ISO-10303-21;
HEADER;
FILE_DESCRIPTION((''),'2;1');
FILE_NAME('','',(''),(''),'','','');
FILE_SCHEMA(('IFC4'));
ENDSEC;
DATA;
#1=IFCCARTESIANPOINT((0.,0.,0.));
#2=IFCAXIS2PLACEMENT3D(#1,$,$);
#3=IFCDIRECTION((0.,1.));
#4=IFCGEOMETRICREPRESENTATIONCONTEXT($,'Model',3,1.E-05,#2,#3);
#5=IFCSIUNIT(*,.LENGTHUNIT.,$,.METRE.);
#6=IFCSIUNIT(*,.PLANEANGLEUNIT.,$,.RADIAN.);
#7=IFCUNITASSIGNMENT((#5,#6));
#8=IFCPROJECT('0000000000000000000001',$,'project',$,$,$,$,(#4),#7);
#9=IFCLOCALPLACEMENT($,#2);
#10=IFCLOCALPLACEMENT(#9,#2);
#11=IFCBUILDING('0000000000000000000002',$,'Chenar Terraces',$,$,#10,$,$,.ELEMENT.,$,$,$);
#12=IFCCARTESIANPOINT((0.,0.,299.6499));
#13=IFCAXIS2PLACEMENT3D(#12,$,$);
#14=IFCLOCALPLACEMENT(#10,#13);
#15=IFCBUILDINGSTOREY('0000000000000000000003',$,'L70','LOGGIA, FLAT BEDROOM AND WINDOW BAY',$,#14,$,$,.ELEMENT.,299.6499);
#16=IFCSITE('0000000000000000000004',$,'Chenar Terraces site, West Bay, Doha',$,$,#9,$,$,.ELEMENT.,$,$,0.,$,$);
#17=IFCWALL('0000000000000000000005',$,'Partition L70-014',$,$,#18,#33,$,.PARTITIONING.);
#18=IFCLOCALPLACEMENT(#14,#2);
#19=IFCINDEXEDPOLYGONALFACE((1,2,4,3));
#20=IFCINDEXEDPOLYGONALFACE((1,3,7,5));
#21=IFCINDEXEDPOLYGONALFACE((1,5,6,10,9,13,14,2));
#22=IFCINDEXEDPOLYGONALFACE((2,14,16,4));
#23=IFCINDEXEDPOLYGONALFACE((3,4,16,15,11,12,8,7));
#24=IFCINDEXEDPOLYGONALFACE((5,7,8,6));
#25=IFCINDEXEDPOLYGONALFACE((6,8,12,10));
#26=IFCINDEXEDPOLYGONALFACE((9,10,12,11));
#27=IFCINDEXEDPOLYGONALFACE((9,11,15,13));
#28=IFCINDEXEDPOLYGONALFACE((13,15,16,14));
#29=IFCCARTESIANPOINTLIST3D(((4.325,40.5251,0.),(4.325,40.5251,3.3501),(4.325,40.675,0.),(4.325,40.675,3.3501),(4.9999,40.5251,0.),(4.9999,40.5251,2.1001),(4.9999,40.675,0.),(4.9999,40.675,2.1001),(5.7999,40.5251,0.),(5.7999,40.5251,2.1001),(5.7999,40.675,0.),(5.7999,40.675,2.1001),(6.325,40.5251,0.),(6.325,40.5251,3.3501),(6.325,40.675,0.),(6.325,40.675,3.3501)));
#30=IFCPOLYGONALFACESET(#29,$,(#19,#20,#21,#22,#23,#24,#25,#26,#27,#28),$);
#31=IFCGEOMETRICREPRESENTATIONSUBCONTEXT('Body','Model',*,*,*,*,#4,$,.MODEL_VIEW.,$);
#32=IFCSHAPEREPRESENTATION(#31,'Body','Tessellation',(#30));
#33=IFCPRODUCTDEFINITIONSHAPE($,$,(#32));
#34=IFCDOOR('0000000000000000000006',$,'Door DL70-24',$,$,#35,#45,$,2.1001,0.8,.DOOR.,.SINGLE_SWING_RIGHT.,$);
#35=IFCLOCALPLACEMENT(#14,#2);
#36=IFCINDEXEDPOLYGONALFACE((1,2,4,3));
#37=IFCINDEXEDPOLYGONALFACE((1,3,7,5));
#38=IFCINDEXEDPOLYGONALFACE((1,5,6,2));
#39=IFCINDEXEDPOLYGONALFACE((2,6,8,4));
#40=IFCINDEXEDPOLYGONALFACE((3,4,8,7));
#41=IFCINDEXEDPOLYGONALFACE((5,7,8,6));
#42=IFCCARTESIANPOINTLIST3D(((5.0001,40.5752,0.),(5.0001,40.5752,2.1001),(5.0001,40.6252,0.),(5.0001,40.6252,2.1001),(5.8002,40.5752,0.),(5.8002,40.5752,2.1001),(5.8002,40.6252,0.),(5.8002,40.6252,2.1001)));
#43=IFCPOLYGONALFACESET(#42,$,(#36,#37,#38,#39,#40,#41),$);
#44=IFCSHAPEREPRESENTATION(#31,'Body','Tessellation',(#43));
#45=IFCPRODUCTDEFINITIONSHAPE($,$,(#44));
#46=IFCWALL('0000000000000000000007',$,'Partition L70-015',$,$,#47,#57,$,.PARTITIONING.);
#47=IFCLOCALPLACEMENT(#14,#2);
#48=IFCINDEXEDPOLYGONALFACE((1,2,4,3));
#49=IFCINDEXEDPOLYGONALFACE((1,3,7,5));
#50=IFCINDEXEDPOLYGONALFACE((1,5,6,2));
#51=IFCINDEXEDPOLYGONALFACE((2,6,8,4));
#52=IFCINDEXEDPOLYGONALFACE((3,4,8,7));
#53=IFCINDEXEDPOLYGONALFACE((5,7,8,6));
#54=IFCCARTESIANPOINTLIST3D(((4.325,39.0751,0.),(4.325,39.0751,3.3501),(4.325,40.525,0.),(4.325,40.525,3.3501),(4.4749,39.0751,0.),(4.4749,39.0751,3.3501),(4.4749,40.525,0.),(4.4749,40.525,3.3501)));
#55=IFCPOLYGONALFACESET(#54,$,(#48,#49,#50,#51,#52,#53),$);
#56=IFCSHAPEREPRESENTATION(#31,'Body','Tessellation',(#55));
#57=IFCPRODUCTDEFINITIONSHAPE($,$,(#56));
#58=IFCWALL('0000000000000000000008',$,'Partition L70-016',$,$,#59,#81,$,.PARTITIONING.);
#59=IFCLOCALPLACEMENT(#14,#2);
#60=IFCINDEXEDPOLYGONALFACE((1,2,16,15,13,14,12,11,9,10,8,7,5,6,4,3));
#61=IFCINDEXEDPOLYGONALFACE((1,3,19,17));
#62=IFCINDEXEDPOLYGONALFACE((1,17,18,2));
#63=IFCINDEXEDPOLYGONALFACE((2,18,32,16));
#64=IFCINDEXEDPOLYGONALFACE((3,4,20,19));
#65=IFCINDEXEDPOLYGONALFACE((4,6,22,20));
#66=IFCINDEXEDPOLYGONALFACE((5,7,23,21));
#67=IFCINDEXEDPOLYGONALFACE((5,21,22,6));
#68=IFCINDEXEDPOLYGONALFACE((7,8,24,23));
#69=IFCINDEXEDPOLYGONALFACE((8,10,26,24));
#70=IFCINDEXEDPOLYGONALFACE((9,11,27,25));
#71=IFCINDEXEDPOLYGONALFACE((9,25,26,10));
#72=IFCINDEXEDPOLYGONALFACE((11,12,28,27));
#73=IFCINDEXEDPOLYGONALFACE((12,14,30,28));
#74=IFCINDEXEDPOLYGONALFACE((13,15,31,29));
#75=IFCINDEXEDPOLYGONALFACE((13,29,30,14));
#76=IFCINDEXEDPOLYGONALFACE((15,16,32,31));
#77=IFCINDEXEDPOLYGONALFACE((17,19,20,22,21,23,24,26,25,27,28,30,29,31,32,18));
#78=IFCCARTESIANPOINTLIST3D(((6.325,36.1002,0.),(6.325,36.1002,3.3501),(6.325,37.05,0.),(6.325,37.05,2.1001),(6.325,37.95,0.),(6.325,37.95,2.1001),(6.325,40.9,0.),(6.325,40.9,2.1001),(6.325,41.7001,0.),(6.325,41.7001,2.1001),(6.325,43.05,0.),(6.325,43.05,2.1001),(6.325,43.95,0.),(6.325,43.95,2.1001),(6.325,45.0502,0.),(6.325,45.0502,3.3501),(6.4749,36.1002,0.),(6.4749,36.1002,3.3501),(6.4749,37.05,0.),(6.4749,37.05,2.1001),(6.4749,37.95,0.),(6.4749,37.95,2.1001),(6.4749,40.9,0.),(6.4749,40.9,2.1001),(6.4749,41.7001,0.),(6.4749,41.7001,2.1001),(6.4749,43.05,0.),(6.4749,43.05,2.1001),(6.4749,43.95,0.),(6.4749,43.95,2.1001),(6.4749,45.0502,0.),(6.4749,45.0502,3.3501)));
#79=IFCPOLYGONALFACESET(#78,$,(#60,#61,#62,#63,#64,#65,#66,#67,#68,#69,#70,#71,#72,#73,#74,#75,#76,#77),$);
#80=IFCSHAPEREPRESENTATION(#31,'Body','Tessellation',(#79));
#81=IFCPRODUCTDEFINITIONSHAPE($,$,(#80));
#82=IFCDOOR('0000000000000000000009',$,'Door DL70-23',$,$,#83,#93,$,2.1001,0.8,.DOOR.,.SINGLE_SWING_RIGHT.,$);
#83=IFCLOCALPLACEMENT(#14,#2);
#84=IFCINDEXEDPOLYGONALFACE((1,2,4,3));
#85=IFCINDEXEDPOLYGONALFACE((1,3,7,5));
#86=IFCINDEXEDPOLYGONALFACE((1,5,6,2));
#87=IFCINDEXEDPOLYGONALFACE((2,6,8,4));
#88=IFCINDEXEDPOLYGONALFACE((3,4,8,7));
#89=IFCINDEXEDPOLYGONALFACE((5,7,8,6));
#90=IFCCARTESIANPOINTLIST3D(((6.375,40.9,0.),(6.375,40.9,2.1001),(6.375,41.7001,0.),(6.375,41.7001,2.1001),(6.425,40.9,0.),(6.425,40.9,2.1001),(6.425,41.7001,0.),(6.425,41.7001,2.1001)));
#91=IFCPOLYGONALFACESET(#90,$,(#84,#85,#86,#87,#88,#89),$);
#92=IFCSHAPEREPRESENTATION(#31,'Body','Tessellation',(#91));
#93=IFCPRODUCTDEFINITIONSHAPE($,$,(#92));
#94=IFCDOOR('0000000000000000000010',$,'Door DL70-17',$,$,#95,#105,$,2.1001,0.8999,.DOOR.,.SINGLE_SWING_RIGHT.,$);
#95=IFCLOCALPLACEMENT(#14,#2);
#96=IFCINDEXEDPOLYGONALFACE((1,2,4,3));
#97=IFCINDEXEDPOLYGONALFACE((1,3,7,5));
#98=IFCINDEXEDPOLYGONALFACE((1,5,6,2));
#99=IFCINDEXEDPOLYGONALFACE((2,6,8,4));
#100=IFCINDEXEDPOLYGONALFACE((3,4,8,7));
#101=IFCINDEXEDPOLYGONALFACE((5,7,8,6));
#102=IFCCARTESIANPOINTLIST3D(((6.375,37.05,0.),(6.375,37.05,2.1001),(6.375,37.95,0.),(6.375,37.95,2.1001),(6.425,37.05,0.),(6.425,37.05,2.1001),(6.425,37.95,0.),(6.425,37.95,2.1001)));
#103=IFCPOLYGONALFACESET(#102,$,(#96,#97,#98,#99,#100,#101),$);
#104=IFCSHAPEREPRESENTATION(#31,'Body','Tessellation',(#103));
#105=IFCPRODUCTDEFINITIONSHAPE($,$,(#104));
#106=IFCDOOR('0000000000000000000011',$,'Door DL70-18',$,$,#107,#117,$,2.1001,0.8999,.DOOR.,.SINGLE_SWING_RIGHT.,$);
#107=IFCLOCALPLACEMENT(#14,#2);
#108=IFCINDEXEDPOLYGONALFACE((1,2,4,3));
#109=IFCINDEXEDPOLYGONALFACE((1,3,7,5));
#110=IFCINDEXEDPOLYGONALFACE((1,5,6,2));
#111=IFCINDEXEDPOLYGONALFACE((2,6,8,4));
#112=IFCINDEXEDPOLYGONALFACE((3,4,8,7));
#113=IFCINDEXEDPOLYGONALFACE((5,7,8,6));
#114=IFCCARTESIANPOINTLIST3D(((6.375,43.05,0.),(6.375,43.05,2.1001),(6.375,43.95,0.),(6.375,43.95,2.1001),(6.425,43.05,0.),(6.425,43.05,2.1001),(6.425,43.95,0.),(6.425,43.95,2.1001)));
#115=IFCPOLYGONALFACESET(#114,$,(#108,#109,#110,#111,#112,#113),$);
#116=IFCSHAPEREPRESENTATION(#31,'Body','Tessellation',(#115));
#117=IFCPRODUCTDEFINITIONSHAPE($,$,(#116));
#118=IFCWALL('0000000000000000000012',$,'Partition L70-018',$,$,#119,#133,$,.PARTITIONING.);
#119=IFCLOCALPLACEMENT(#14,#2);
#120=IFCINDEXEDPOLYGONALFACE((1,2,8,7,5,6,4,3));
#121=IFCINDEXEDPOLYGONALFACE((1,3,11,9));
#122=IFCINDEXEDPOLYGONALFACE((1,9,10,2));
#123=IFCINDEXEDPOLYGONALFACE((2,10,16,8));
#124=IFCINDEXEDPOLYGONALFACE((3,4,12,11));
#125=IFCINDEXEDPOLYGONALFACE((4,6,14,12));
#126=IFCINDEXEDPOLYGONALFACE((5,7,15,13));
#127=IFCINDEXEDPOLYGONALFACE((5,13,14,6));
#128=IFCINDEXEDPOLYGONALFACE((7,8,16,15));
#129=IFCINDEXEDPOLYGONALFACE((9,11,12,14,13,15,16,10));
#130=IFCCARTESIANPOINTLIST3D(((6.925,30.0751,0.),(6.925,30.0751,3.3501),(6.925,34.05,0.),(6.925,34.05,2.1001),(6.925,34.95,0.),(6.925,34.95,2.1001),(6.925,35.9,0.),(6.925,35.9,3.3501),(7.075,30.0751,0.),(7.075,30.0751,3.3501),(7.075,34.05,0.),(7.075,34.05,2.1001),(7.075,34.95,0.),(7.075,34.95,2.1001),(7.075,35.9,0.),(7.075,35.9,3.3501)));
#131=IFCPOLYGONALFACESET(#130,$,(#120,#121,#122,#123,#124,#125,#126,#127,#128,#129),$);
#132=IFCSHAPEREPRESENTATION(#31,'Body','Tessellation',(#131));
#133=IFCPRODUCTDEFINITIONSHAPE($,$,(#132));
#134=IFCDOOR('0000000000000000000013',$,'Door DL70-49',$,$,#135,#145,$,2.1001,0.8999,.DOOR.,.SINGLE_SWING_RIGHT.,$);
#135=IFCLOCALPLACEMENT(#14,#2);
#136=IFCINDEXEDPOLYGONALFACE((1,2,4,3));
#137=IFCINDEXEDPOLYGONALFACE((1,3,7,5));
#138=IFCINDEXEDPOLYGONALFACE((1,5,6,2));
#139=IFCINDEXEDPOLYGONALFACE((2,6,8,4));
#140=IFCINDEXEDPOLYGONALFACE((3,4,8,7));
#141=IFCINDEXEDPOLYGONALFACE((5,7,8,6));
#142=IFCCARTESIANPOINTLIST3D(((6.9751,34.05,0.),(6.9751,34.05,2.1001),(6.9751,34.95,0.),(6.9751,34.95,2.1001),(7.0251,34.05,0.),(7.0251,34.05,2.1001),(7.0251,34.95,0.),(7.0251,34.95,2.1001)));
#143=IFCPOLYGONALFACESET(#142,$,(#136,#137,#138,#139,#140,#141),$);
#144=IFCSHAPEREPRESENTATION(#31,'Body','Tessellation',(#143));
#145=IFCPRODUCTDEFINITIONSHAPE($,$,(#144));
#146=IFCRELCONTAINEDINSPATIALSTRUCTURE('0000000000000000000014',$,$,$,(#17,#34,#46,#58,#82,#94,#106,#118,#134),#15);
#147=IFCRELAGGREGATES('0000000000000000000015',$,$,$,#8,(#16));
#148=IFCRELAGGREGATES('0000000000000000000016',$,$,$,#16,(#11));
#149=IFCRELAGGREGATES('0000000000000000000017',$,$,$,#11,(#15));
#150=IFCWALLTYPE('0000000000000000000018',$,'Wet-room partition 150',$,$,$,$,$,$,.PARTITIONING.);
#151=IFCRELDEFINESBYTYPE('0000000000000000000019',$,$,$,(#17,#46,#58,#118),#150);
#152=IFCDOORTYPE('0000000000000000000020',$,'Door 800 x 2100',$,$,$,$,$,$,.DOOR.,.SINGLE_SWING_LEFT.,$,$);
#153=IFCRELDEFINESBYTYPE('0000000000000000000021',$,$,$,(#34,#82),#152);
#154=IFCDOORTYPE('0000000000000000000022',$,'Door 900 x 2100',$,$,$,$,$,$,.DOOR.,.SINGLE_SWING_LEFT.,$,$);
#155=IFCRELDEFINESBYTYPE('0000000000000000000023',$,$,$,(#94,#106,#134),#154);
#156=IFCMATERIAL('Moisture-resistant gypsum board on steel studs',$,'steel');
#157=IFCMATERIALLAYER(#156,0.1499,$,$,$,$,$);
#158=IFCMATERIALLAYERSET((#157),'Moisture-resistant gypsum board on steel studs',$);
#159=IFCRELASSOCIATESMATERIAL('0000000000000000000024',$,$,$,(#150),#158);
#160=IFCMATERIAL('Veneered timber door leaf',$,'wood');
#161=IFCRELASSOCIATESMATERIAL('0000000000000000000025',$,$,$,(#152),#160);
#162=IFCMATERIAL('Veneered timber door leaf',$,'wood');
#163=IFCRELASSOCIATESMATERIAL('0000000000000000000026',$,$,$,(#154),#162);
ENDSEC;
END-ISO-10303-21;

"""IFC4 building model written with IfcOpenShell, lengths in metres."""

from ifc_helpers import new_model, si_unit, direction, frame, frame_2d, origin, place, context, subcontext, project, spatial, rectangle, extrude, material, layer, layer_set, type_object, element, fill, save


model = new_model("IFC4")

# Units and contexts
model_context = context("Model", 3, precision=1e-05, world=origin(), true_north=direction((0.0, 1.0)))
body_context = subcontext(model_context, "Body", "Model", "MODEL_VIEW")
ifc_project = project(units=[si_unit("LENGTHUNIT", "METRE"), si_unit("PLANEANGLEUNIT", "RADIAN")], contexts=[model_context])

# Site, building, storey
site_placement = place(None, origin())
site = spatial("IfcSite", under=ifc_project, at=site_placement, Name="Chenar Terraces site, West Bay, Doha", CompositionType="ELEMENT", RefElevation=0.0)
building_placement = place(site_placement, origin())
building = spatial("IfcBuilding", under=site, at=building_placement, Name="Chenar Terraces", CompositionType="ELEMENT")
storey_placement = place(building_placement, frame((0.0, 0.0, 299.6499)))
storey = spatial("IfcBuildingStorey", under=building, at=storey_placement, Name="L70", Description="LOGGIA, FLAT BEDROOM AND WINDOW BAY", CompositionType="ELEMENT", Elevation=299.6499)

# Shared definitions
ifc_material_1 = material(Name="Moisture-resistant gypsum board on steel studs", Category="steel")
ifc_layer_1 = layer(ifc_material_1, 0.1499)
ifc_layer_set_1 = layer_set([ifc_layer_1], Name="Moisture-resistant gypsum board on steel studs")
wall_type_1 = type_object("IfcWallType", Name="Wet-room partition 150", PredefinedType="PARTITIONING", material=ifc_layer_set_1)

# Shared definitions
ifc_material_2 = material(Name="Veneered timber door leaf", Category="wood")
door_type_1 = type_object("IfcDoorType", Name="Door 800 x 2100", OperationType="SINGLE_SWING_LEFT", PredefinedType="DOOR", material=ifc_material_2)

# Wall, opening, door
wall_1_placement = place(storey_placement, frame((4.325, 40.6001, 0.0), z_axis=(0.0, 0.0, 1.0), x_axis=(1.0, 0.0, 0.0)))
wall_1 = element("IfcWall", 1, at=wall_1_placement, inside=storey, type_object=wall_type_1, Name="Partition L70-014", PredefinedType="PARTITIONING", context=body_context, shape_type="SweptSolid", body=[
    extrude(rectangle(XDim=2.0, YDim=0.1499, at=frame_2d((1.0, 0.0))), origin(), (0.0, 0.0, 1.0), 3.3501),
])
opening_1_placement = place(wall_1_placement, frame((0.675, 0.0, 0.0)))
opening_1 = element("IfcOpeningElement", 2, at=opening_1_placement, cuts=wall_1, PredefinedType="OPENING", context=body_context, shape_type="SweptSolid", body=[
    extrude(rectangle(XDim=0.8, YDim=2.1001, at=frame_2d((0.3999, 1.05))), frame((0.0, 0.085, 0.0), z_axis=(0.0, -1.0, 0.0), x_axis=(1.0, 0.0, 0.0)), (0.0, 0.0, 1.0), 0.1699),
])
door_1_placement = place(opening_1_placement, frame((0.8, 0.0, 0.0), z_axis=(0.0, 0.0, 1.0), x_axis=(-1.0, 0.0, 0.0)))
door_1 = element("IfcDoor", 3, at=door_1_placement, inside=storey, type_object=door_type_1, Name="Door DL70-24", OperationType="SINGLE_SWING_RIGHT", OverallHeight=2.1001, OverallWidth=0.8, PredefinedType="DOOR", context=body_context, shape_type="SweptSolid", body=[
    extrude(rectangle(XDim=0.8, YDim=2.1001, at=frame_2d((0.3999, 1.05))), frame((0.0, 0.0249, 0.0), z_axis=(0.0, -1.0, 0.0), x_axis=(1.0, 0.0, 0.0)), (0.0, 0.0, 1.0), 0.05),
])
fill(opening_1, door_1)

# Wall
wall_2_placement = place(storey_placement, frame((4.3999, 39.075, 0.0), z_axis=(0.0, 0.0, 1.0), x_axis=(0.0, 1.0, 0.0)))
element("IfcWall", 4, at=wall_2_placement, inside=storey, type_object=wall_type_1, Name="Partition L70-015", PredefinedType="PARTITIONING", context=body_context, shape_type="SweptSolid", body=[
    extrude(rectangle(XDim=1.45, YDim=0.1499, at=frame_2d((0.7251, 0.0))), origin(), (0.0, 0.0, 1.0), 3.3501),
])

# Wall, openings, doors
wall_3_placement = place(storey_placement, frame((6.3999, 36.1001, 0.0), z_axis=(0.0, 0.0, 1.0), x_axis=(0.0, 1.0, 0.0)))
wall_3 = element("IfcWall", 5, at=wall_3_placement, inside=storey, type_object=wall_type_1, Name="Partition L70-016", PredefinedType="PARTITIONING", context=body_context, shape_type="SweptSolid", body=[
    extrude(rectangle(XDim=8.95, YDim=0.1499, at=frame_2d((4.4751, 0.0))), origin(), (0.0, 0.0, 1.0), 3.3501),
])
opening_2_placement = place(wall_3_placement, frame((0.95, 0.0, 0.0)))
opening_2 = element("IfcOpeningElement", 6, at=opening_2_placement, cuts=wall_3, PredefinedType="OPENING", context=body_context, shape_type="SweptSolid", body=[
    extrude(rectangle(XDim=0.8999, YDim=2.1001, at=frame_2d((0.45, 1.05))), frame((0.0, 0.085, 0.0), z_axis=(0.0, -1.0, 0.0), x_axis=(1.0, 0.0, 0.0)), (0.0, 0.0, 1.0), 0.1699),
])
opening_3_placement = place(wall_3_placement, frame((6.95, 0.0, 0.0)))
opening_3 = element("IfcOpeningElement", 7, at=opening_3_placement, cuts=wall_3, PredefinedType="OPENING", context=body_context, shape_type="SweptSolid", body=[
    extrude(rectangle(XDim=0.8999, YDim=2.1001, at=frame_2d((0.45, 1.05))), frame((0.0, 0.085, 0.0), z_axis=(0.0, -1.0, 0.0), x_axis=(1.0, 0.0, 0.0)), (0.0, 0.0, 1.0), 0.1699),
])
opening_4_placement = place(wall_3_placement, frame((4.8, 0.0, 0.0)))
opening_4 = element("IfcOpeningElement", 8, at=opening_4_placement, cuts=wall_3, PredefinedType="OPENING", context=body_context, shape_type="SweptSolid", body=[
    extrude(rectangle(XDim=0.8, YDim=2.1001, at=frame_2d((0.3999, 1.05))), frame((0.0, 0.085, 0.0), z_axis=(0.0, -1.0, 0.0), x_axis=(1.0, 0.0, 0.0)), (0.0, 0.0, 1.0), 0.1699),
])
door_2_placement = place(opening_4_placement, origin())
door_2 = element("IfcDoor", 9, at=door_2_placement, inside=storey, type_object=door_type_1, Name="Door DL70-23", OperationType="SINGLE_SWING_RIGHT", OverallHeight=2.1001, OverallWidth=0.8, PredefinedType="DOOR", context=body_context, shape_type="SweptSolid", body=[
    extrude(rectangle(XDim=0.8, YDim=2.1001, at=frame_2d((0.3999, 1.05))), frame((0.0, 0.0249, 0.0), z_axis=(0.0, -1.0, 0.0), x_axis=(1.0, 0.0, 0.0)), (0.0, 0.0, 1.0), 0.05),
])
fill(opening_4, door_2)
ifc_material_3 = material(Name="Veneered timber door leaf", Category="wood")
door_type_2 = type_object("IfcDoorType", Name="Door 900 x 2100", OperationType="SINGLE_SWING_LEFT", PredefinedType="DOOR", material=ifc_material_3)
door_3_placement = place(opening_2_placement, origin())
door_3 = element("IfcDoor", 10, at=door_3_placement, inside=storey, type_object=door_type_2, Name="Door DL70-17", OperationType="SINGLE_SWING_RIGHT", OverallHeight=2.1001, OverallWidth=0.8999, PredefinedType="DOOR", context=body_context, shape_type="SweptSolid", body=[
    extrude(rectangle(XDim=0.8999, YDim=2.1001, at=frame_2d((0.45, 1.05))), frame((0.0, 0.0249, 0.0), z_axis=(0.0, -1.0, 0.0), x_axis=(1.0, 0.0, 0.0)), (0.0, 0.0, 1.0), 0.05),
])
fill(opening_2, door_3)
door_4_placement = place(opening_3_placement, origin())
door_4 = element("IfcDoor", 11, at=door_4_placement, inside=storey, type_object=door_type_2, Name="Door DL70-18", OperationType="SINGLE_SWING_RIGHT", OverallHeight=2.1001, OverallWidth=0.8999, PredefinedType="DOOR", context=body_context, shape_type="SweptSolid", body=[
    extrude(rectangle(XDim=0.8999, YDim=2.1001, at=frame_2d((0.45, 1.05))), frame((0.0, 0.0249, 0.0), z_axis=(0.0, -1.0, 0.0), x_axis=(1.0, 0.0, 0.0)), (0.0, 0.0, 1.0), 0.05),
])
fill(opening_3, door_4)

# Wall, opening, door
wall_4_placement = place(storey_placement, frame((7.0, 30.075, 0.0), z_axis=(0.0, 0.0, 1.0), x_axis=(0.0, 1.0, 0.0)))
wall_4 = element("IfcWall", 12, at=wall_4_placement, inside=storey, type_object=wall_type_1, Name="Partition L70-018", PredefinedType="PARTITIONING", context=body_context, shape_type="SweptSolid", body=[
    extrude(rectangle(XDim=5.825, YDim=0.1499, at=frame_2d((2.9126, 0.0))), origin(), (0.0, 0.0, 1.0), 3.3501),
])
opening_5_placement = place(wall_4_placement, frame((3.9751, 0.0, 0.0)))
opening_5 = element("IfcOpeningElement", 13, at=opening_5_placement, cuts=wall_4, PredefinedType="OPENING", context=body_context, shape_type="SweptSolid", body=[
    extrude(rectangle(XDim=0.8999, YDim=2.1001, at=frame_2d((0.45, 1.05))), frame((0.0, 0.085, 0.0), z_axis=(0.0, -1.0, 0.0), x_axis=(1.0, 0.0, 0.0)), (0.0, 0.0, 1.0), 0.1699),
])
door_5_placement = place(opening_5_placement, origin())
door_5 = element("IfcDoor", 14, at=door_5_placement, inside=storey, type_object=door_type_2, Name="Door DL70-49", OperationType="SINGLE_SWING_RIGHT", OverallHeight=2.1001, OverallWidth=0.8999, PredefinedType="DOOR", context=body_context, shape_type="SweptSolid", body=[
    extrude(rectangle(XDim=0.8999, YDim=2.1001, at=frame_2d((0.45, 1.05))), frame((0.0, 0.0249, 0.0), z_axis=(0.0, -1.0, 0.0), x_axis=(1.0, 0.0, 0.0)), (0.0, 0.0, 1.0), 0.05),
])
fill(opening_5, door_5)

save(model, "model.ifc")
